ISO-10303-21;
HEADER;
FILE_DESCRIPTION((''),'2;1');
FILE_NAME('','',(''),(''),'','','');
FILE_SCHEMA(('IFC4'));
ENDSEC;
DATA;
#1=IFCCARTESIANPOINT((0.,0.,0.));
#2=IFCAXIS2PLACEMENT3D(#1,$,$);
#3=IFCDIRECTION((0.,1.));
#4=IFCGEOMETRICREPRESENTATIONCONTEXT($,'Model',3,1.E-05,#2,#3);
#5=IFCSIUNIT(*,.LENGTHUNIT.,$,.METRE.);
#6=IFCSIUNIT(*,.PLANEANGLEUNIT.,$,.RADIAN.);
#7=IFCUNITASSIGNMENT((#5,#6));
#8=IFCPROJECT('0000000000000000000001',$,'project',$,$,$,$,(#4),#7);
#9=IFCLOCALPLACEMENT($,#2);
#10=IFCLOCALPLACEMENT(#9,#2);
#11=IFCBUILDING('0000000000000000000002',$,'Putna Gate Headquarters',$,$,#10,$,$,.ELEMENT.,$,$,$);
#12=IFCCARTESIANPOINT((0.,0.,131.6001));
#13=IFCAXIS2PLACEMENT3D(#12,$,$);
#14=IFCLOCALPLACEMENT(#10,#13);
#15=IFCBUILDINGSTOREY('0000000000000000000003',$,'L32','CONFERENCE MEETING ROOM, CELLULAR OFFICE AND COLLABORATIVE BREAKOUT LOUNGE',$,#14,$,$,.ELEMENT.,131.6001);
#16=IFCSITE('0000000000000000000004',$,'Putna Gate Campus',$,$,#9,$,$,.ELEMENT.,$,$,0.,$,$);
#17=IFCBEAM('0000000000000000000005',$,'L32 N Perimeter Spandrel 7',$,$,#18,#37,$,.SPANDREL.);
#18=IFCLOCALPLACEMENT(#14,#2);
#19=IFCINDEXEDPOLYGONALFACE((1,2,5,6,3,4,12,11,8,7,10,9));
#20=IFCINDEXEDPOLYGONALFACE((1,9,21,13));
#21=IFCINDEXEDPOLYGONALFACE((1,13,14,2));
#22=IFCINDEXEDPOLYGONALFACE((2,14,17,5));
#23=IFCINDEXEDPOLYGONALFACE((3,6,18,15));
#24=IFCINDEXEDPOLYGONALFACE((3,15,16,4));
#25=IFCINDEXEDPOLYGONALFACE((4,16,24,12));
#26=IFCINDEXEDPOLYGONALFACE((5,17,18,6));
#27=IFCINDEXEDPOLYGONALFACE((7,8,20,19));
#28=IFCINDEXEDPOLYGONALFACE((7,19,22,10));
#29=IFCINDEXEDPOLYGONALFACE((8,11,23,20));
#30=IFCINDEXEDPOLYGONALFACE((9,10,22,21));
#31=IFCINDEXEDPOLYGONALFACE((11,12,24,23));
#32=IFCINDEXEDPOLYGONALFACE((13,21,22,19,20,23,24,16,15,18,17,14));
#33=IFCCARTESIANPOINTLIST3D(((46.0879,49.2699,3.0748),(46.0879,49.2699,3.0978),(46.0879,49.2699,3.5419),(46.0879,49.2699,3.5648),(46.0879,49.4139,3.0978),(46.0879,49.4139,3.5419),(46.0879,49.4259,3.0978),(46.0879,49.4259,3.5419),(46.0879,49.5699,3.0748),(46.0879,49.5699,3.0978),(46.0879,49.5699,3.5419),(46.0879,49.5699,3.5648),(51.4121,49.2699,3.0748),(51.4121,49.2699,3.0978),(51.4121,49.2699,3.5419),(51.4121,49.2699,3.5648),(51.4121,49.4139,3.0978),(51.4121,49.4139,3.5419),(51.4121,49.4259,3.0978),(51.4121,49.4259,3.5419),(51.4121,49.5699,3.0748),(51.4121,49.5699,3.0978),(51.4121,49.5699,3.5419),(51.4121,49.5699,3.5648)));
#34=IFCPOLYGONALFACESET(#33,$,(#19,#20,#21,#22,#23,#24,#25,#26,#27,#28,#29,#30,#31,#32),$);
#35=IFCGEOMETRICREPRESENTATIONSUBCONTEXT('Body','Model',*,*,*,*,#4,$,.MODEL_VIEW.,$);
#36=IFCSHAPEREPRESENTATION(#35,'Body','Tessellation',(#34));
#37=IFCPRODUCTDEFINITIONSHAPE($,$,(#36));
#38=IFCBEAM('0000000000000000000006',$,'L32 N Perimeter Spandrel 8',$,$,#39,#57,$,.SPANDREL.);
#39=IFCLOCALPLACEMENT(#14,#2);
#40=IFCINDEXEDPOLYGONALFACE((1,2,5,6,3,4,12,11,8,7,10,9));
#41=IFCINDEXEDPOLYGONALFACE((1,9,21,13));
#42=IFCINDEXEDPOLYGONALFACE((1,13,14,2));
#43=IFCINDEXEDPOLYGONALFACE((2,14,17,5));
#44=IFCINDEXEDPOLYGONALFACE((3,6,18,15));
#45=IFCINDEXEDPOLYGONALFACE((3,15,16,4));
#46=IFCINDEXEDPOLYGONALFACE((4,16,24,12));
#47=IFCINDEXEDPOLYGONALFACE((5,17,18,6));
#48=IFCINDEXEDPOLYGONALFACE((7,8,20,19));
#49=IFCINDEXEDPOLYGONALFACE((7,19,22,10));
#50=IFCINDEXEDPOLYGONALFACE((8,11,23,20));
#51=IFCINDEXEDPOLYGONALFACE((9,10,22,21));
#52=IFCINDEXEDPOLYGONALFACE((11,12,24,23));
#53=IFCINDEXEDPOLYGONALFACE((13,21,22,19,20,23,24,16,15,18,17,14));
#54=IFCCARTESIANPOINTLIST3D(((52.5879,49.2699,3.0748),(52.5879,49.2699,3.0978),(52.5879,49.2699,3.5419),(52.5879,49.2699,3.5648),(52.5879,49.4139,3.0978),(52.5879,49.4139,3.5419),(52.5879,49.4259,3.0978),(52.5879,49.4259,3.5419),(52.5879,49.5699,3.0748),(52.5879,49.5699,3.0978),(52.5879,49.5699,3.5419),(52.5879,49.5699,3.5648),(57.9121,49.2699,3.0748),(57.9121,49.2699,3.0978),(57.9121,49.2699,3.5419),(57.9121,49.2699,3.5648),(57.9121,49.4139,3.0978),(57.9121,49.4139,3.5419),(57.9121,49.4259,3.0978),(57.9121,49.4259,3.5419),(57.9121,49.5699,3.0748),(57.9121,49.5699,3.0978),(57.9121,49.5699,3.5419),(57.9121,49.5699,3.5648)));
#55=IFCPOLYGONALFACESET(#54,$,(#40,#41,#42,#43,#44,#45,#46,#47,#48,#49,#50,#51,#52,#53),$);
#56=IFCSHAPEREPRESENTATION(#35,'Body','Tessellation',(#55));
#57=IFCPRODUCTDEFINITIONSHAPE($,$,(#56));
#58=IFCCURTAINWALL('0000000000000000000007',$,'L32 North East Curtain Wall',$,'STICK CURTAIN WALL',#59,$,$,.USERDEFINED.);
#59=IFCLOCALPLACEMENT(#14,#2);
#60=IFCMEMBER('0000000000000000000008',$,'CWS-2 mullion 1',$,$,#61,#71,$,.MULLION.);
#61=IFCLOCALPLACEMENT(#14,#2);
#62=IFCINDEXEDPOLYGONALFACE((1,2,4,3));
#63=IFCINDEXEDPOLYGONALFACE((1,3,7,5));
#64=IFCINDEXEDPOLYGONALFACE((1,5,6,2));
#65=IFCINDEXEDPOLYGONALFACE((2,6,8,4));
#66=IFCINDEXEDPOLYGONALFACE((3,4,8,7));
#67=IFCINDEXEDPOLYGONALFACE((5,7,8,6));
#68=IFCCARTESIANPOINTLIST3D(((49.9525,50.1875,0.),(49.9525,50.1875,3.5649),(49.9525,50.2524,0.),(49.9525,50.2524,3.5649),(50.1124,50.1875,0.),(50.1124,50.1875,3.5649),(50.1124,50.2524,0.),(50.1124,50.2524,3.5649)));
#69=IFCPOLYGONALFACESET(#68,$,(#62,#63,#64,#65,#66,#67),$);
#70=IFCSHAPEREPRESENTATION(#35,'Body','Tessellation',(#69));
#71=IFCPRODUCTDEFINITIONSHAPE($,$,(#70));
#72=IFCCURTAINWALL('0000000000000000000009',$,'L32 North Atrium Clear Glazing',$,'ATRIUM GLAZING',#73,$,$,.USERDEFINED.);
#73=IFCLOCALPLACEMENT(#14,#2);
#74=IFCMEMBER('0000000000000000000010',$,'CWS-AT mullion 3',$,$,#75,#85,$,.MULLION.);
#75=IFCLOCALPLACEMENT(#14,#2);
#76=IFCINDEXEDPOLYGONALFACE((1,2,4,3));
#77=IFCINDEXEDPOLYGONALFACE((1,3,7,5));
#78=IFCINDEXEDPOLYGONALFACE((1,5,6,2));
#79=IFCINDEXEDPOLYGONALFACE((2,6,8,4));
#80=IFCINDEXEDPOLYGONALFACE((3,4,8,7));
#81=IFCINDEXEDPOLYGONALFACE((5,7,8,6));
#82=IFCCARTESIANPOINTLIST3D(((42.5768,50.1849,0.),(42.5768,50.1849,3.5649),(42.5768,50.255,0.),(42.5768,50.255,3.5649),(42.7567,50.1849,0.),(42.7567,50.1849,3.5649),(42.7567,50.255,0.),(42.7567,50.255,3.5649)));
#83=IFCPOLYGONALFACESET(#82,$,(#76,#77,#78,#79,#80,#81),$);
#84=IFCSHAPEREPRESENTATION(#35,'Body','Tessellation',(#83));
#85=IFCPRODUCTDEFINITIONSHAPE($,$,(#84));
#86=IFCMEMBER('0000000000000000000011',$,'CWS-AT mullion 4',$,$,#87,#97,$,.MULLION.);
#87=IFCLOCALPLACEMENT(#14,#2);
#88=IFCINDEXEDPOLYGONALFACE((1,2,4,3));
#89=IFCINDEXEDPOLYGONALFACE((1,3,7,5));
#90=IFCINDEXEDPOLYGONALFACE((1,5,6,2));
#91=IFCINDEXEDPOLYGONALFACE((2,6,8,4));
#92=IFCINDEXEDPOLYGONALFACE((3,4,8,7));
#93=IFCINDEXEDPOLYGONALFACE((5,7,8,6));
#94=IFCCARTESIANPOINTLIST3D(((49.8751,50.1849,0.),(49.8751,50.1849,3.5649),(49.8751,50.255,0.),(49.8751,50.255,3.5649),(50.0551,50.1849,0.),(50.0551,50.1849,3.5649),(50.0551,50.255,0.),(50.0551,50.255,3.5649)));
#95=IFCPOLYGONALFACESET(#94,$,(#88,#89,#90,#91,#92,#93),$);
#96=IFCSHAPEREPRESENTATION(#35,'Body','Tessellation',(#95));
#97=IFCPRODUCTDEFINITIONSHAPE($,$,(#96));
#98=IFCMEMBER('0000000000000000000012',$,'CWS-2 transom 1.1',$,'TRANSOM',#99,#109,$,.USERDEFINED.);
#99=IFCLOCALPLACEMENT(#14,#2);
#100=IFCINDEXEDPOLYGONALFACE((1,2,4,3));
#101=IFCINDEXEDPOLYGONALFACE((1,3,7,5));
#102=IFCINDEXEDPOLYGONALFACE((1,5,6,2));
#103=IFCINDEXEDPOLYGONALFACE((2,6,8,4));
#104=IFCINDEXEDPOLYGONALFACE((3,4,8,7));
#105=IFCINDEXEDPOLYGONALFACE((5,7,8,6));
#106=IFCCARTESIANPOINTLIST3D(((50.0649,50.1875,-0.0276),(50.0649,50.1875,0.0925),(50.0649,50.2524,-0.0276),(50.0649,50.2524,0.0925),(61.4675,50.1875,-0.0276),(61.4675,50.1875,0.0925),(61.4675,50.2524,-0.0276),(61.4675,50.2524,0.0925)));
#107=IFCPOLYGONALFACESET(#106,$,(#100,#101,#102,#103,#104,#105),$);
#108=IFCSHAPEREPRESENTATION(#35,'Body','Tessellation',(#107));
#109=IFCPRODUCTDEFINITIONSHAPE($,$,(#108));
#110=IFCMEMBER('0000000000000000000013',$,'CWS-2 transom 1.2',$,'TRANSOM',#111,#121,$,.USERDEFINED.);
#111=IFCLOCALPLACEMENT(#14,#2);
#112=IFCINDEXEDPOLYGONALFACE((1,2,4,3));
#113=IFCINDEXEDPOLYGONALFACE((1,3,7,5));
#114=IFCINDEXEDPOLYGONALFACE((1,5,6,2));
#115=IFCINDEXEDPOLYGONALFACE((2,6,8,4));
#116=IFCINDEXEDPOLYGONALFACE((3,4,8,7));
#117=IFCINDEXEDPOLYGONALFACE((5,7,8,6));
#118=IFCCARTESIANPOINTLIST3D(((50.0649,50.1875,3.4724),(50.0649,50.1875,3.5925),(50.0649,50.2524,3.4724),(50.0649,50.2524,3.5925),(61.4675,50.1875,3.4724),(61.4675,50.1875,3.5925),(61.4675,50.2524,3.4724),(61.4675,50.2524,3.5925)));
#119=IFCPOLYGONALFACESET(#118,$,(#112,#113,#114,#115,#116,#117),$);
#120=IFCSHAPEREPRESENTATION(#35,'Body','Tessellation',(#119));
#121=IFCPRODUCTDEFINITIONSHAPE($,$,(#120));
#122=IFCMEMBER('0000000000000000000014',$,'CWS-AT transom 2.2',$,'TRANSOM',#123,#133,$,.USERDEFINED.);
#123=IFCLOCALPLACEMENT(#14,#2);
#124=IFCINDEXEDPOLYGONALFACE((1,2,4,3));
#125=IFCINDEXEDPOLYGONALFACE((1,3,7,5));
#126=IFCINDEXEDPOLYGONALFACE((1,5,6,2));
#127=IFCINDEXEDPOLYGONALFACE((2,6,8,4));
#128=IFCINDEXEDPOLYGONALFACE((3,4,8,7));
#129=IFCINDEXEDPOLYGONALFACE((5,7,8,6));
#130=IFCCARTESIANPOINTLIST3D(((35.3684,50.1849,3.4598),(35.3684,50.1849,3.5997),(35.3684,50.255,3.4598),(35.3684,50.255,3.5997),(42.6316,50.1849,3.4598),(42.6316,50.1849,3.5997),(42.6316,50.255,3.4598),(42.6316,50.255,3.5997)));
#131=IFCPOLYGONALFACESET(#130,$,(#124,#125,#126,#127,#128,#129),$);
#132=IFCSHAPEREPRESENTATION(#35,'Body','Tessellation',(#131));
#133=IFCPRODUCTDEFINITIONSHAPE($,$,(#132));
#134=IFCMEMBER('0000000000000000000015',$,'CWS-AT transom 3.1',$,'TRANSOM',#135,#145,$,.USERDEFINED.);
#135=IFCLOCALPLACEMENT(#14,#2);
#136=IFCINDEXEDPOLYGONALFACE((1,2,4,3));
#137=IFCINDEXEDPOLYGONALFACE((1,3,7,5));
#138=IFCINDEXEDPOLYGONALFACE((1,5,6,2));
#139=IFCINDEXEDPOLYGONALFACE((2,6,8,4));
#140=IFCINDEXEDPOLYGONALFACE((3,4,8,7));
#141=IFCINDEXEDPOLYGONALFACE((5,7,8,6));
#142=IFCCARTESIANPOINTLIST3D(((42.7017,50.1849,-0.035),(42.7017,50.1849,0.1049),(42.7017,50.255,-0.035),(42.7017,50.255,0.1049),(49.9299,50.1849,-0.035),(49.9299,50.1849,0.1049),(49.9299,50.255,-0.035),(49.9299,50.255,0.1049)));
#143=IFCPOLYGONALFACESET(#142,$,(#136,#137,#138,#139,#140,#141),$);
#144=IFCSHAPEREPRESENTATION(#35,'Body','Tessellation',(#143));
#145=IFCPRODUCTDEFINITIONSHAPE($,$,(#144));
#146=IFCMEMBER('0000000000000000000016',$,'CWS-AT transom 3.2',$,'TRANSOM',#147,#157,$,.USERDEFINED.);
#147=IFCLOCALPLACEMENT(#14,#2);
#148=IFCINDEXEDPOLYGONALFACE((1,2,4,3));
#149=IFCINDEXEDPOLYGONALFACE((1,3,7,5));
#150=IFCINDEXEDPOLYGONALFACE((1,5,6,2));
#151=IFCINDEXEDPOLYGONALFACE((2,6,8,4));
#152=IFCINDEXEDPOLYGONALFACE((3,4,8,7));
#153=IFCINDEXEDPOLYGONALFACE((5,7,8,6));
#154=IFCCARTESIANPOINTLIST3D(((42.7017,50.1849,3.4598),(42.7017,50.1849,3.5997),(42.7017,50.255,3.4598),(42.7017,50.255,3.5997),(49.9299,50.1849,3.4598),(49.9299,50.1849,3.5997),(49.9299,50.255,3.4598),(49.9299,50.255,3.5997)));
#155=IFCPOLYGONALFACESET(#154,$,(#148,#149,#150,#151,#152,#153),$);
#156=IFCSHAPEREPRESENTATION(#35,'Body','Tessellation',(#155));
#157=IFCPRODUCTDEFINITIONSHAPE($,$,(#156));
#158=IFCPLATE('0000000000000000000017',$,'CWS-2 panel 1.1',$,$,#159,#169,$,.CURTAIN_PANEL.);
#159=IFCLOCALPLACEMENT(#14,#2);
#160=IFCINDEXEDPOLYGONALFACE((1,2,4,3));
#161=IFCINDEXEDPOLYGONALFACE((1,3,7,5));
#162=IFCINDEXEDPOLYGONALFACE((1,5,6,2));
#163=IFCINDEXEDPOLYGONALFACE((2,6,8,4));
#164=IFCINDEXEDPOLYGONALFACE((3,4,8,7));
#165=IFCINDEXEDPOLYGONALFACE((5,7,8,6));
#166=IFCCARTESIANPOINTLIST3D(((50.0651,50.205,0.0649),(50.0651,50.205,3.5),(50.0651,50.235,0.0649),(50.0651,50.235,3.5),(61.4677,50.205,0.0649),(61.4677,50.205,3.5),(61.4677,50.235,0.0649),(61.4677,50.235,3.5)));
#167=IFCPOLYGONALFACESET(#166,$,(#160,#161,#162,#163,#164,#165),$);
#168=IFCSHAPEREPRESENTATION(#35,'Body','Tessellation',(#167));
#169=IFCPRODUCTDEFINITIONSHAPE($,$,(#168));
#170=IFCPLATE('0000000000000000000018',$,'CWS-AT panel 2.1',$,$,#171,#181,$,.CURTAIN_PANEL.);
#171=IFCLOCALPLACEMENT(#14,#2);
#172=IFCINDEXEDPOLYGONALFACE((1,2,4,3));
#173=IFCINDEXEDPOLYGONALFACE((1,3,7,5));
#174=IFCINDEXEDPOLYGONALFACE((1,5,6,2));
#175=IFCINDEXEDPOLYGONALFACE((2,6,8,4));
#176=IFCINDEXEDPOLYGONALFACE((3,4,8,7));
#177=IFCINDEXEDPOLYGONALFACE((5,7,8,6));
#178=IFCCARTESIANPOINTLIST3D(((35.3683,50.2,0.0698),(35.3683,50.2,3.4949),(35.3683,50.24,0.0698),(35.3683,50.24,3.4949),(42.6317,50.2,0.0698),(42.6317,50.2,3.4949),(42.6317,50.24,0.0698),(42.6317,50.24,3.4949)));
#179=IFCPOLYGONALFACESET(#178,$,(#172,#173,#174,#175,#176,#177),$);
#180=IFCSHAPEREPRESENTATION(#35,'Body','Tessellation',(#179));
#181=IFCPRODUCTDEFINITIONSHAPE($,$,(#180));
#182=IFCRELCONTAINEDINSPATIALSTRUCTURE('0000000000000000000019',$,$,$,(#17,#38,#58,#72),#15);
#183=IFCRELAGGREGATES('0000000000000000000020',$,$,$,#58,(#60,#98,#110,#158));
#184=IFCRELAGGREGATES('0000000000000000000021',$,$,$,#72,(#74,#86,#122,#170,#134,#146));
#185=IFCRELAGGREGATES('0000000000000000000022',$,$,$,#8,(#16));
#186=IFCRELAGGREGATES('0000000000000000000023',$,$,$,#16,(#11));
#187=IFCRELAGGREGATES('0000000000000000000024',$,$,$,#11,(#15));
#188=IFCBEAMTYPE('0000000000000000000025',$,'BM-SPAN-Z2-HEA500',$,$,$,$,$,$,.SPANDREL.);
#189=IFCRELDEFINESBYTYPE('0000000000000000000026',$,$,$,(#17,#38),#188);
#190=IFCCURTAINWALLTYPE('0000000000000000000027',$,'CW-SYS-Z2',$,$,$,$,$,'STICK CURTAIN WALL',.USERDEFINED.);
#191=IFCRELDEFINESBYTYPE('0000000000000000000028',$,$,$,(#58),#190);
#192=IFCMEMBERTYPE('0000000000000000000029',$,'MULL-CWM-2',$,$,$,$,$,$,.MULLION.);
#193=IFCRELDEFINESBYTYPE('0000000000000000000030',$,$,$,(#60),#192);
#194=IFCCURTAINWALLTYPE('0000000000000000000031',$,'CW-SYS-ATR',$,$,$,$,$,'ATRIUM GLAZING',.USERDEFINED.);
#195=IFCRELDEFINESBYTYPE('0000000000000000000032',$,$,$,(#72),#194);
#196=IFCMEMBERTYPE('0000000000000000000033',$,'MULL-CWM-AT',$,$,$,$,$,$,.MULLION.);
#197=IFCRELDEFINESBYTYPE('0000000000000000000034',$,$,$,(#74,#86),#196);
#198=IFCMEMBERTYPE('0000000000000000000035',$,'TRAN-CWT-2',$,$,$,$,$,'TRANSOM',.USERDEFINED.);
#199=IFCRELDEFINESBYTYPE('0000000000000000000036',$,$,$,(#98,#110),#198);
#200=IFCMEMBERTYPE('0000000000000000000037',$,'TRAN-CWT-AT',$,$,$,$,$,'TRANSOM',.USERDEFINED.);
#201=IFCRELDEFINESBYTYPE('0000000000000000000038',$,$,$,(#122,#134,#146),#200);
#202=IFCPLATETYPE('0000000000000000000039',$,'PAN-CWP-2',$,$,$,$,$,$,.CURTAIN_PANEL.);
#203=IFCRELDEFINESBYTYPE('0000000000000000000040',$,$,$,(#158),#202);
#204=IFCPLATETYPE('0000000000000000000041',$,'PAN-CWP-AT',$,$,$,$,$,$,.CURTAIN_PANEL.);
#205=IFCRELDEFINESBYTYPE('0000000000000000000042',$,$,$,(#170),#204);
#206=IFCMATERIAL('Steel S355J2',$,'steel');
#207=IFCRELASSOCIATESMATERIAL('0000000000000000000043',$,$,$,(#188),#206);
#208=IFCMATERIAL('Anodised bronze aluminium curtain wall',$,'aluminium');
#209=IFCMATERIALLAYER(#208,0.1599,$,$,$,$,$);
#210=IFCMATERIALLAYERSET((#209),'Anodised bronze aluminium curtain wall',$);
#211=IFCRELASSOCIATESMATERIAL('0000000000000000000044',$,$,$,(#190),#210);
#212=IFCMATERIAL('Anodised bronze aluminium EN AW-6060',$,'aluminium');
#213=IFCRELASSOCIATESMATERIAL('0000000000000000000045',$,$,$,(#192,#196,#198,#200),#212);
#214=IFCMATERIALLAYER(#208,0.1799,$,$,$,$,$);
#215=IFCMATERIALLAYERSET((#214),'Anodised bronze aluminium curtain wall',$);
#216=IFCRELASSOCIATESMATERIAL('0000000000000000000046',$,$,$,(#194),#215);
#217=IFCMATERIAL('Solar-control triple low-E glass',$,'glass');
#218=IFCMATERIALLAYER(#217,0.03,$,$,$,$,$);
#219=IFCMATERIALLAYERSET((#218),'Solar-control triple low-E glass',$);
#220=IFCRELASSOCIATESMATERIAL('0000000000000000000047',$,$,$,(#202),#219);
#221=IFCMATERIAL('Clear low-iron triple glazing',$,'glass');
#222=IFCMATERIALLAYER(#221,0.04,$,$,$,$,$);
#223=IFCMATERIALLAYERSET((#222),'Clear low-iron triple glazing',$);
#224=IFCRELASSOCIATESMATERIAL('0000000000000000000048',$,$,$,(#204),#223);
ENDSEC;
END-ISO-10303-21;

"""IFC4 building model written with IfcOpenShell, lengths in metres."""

from ifc_helpers import new_model, si_unit, direction, frame, origin, origin_2d, place, context, subcontext, project, spatial, rectangle, i_section, extrude, material, layer, layer_set, material_profile, profile_set, type_object, element, aggregate, save


model = new_model("IFC4")

# Units and contexts
model_context = context("Model", 3, precision=1e-05, world=origin(), true_north=direction((0.0, 1.0)))
body_context = subcontext(model_context, "Body", "Model", "MODEL_VIEW")
ifc_project = project(units=[si_unit("LENGTHUNIT", "METRE"), si_unit("PLANEANGLEUNIT", "RADIAN")], contexts=[model_context])

# Site, building, storey
site_placement = place(None, origin())
site = spatial("IfcSite", under=ifc_project, at=site_placement, Name="Putna Gate Campus", CompositionType="ELEMENT", RefElevation=0.0)
building_placement = place(site_placement, origin())
building = spatial("IfcBuilding", under=site, at=building_placement, Name="Putna Gate Headquarters", CompositionType="ELEMENT")
storey_placement = place(building_placement, frame((0.0, 0.0, 131.6001)))
storey = spatial("IfcBuildingStorey", under=building, at=storey_placement, Name="L32", Description="CONFERENCE MEETING ROOM, CELLULAR OFFICE AND COLLABORATIVE BREAKOUT LOUNGE", CompositionType="ELEMENT", Elevation=131.6001)

# Beams
ifc_material_1 = material(Name="Steel S355J2", Category="steel")
ifc_material_profile_1 = material_profile(ifc_material_1, i_section(OverallWidth=0.3, OverallDepth=0.49, WebThickness=0.012, FlangeThickness=0.0229, at=origin_2d()), Name="Steel S355J2")
ifc_profile_set_1 = profile_set([ifc_material_profile_1], Name="Steel S355J2")
beam_type_1 = type_object("IfcBeamType", Name="BM-SPAN-Z2-HEA500", PredefinedType="SPANDREL", material=ifc_profile_set_1)
for number, where, z_axis, x_axis, name in (
    (1, (46.0879, 49.4199, 3.3198), (1.0, 0.0, 0.0), (0.0, 1.0, 0.0), "L32 N Perimeter Spandrel 7"),
    (2, (52.5879, 49.4199, 3.3198), (1.0, 0.0, 0.0), (0.0, 1.0, 0.0), "L32 N Perimeter Spandrel 8"),
):
    element("IfcBeam", number, at=place(storey_placement, frame(where, z_axis=z_axis, x_axis=x_axis)), inside=storey, type_object=beam_type_1, Name=name, PredefinedType="SPANDREL", context=body_context, shape_type="SweptSolid", body=[
        extrude(i_section(OverallWidth=0.3, OverallDepth=0.49, WebThickness=0.012, FlangeThickness=0.0229, at=origin_2d()), origin(), (0.0, 0.0, 1.0), 5.3242),
    ])

# Curtain wall, member
ifc_material_2 = material(Name="Anodised bronze aluminium curtain wall", Category="aluminium")
ifc_layer_1 = layer(ifc_material_2, 0.1599)
ifc_layer_set_1 = layer_set([ifc_layer_1], Name="Anodised bronze aluminium curtain wall")
curtain_wall_type_1 = type_object("IfcCurtainWallType", Name="CW-SYS-Z2", ElementType="STICK CURTAIN WALL", PredefinedType="USERDEFINED", material=ifc_layer_set_1)
curtain_wall_1_placement = place(storey_placement, origin())
curtain_wall_1 = element("IfcCurtainWall", 3, at=curtain_wall_1_placement, inside=storey, type_object=curtain_wall_type_1, Name="L32 North East Curtain Wall", ObjectType="STICK CURTAIN WALL", PredefinedType="USERDEFINED")
ifc_material_3 = material(Name="Anodised bronze aluminium EN AW-6060", Category="aluminium")
ifc_material_profile_2 = material_profile(ifc_material_3, rectangle(XDim=0.0649, YDim=0.1599, at=origin_2d()), Name="Anodised bronze aluminium EN AW-6060")
ifc_profile_set_2 = profile_set([ifc_material_profile_2], Name="Anodised bronze aluminium EN AW-6060")
member_type_1 = type_object("IfcMemberType", Name="MULL-CWM-2", PredefinedType="MULLION", material=ifc_profile_set_2)
member_1_placement = place(storey_placement, frame((50.0325, 50.22, 0.0), z_axis=(0.0, 0.0, 1.0), x_axis=(0.0, 1.0, 0.0)))
member_1 = element("IfcMember", 4, at=member_1_placement, type_object=member_type_1, Name="CWS-2 mullion 1", PredefinedType="MULLION", context=body_context, shape_type="SweptSolid", body=[
    extrude(rectangle(XDim=0.0649, YDim=0.1599, at=origin_2d()), origin(), (0.0, 0.0, 1.0), 3.5649),
])

# Curtain wall, members
ifc_layer_2 = layer(ifc_material_2, 0.1799)
ifc_layer_set_2 = layer_set([ifc_layer_2], Name="Anodised bronze aluminium curtain wall")
curtain_wall_type_2 = type_object("IfcCurtainWallType", Name="CW-SYS-ATR", ElementType="ATRIUM GLAZING", PredefinedType="USERDEFINED", material=ifc_layer_set_2)
curtain_wall_2_placement = place(storey_placement, origin())
curtain_wall_2 = element("IfcCurtainWall", 5, at=curtain_wall_2_placement, inside=storey, type_object=curtain_wall_type_2, Name="L32 North Atrium Clear Glazing", ObjectType="ATRIUM GLAZING", PredefinedType="USERDEFINED")
ifc_material_profile_3 = material_profile(ifc_material_3, rectangle(XDim=0.0701, YDim=0.1799, at=origin_2d()), Name="Anodised bronze aluminium EN AW-6060")
ifc_profile_set_3 = profile_set([ifc_material_profile_3], Name="Anodised bronze aluminium EN AW-6060")
member_type_2 = type_object("IfcMemberType", Name="MULL-CWM-AT", PredefinedType="MULLION", material=ifc_profile_set_3)
member_2_placement = place(storey_placement, frame((42.6667, 50.22, 0.0), z_axis=(0.0, 0.0, 1.0), x_axis=(0.0, 1.0, 0.0)))
member_2 = element("IfcMember", 6, at=member_2_placement, type_object=member_type_2, Name="CWS-AT mullion 3", PredefinedType="MULLION", context=body_context, shape_type="SweptSolid", body=[
    extrude(rectangle(XDim=0.0701, YDim=0.1799, at=origin_2d()), origin(), (0.0, 0.0, 1.0), 3.5649),
])
member_3_placement = place(storey_placement, frame((49.9651, 50.22, 0.0), z_axis=(0.0, 0.0, 1.0), x_axis=(0.0, 1.0, 0.0)))
member_3 = element("IfcMember", 7, at=member_3_placement, type_object=member_type_2, Name="CWS-AT mullion 4", PredefinedType="MULLION", context=body_context, shape_type="SweptSolid", body=[
    extrude(rectangle(XDim=0.0701, YDim=0.1799, at=origin_2d()), origin(), (0.0, 0.0, 1.0), 3.5649),
])

# Members
ifc_material_profile_4 = material_profile(ifc_material_3, rectangle(XDim=0.0649, YDim=0.1201, at=origin_2d()), Name="Anodised bronze aluminium EN AW-6060")
ifc_profile_set_4 = profile_set([ifc_material_profile_4], Name="Anodised bronze aluminium EN AW-6060")
member_type_3 = type_object("IfcMemberType", Name="TRAN-CWT-2", ElementType="TRANSOM", PredefinedType="USERDEFINED", material=ifc_profile_set_4)
member_4_placement = place(storey_placement, frame((50.0649, 50.22, 0.0325), z_axis=(1.0, 0.0, 0.0), x_axis=(0.0, 1.0, 0.0)))
member_4 = element("IfcMember", 8, at=member_4_placement, type_object=member_type_3, Name="CWS-2 transom 1.1", ObjectType="TRANSOM", PredefinedType="USERDEFINED", context=body_context, shape_type="SweptSolid", body=[
    extrude(rectangle(XDim=0.0649, YDim=0.1201, at=origin_2d()), origin(), (0.0, 0.0, 1.0), 11.4026),
])
member_5_placement = place(storey_placement, frame((50.0649, 50.22, 3.5325), z_axis=(1.0, 0.0, 0.0), x_axis=(0.0, 1.0, 0.0)))
member_5 = element("IfcMember", 9, at=member_5_placement, type_object=member_type_3, Name="CWS-2 transom 1.2", ObjectType="TRANSOM", PredefinedType="USERDEFINED", context=body_context, shape_type="SweptSolid", body=[
    extrude(rectangle(XDim=0.0649, YDim=0.1201, at=origin_2d()), origin(), (0.0, 0.0, 1.0), 11.4026),
])
ifc_material_profile_5 = material_profile(ifc_material_3, rectangle(XDim=0.0701, YDim=0.1399, at=origin_2d()), Name="Anodised bronze aluminium EN AW-6060")
ifc_profile_set_5 = profile_set([ifc_material_profile_5], Name="Anodised bronze aluminium EN AW-6060")
member_type_4 = type_object("IfcMemberType", Name="TRAN-CWT-AT", ElementType="TRANSOM", PredefinedType="USERDEFINED", material=ifc_profile_set_5)
member_6_placement = place(storey_placement, frame((35.3684, 50.22, 3.5298), z_axis=(1.0, 0.0, 0.0), x_axis=(0.0, 1.0, 0.0)))
member_6 = element("IfcMember", 10, at=member_6_placement, type_object=member_type_4, Name="CWS-AT transom 2.2", ObjectType="TRANSOM", PredefinedType="USERDEFINED", context=body_context, shape_type="SweptSolid", body=[
    extrude(rectangle(XDim=0.0701, YDim=0.1399, at=origin_2d()), origin(), (0.0, 0.0, 1.0), 7.2632),
])
member_7_placement = place(storey_placement, frame((42.7017, 50.22, 0.0349), z_axis=(1.0, 0.0, 0.0), x_axis=(0.0, 1.0, 0.0)))
member_7 = element("IfcMember", 11, at=member_7_placement, type_object=member_type_4, Name="CWS-AT transom 3.1", ObjectType="TRANSOM", PredefinedType="USERDEFINED", context=body_context, shape_type="SweptSolid", body=[
    extrude(rectangle(XDim=0.0701, YDim=0.1399, at=origin_2d()), origin(), (0.0, 0.0, 1.0), 7.2283),
])
member_8_placement = place(storey_placement, frame((42.7017, 50.22, 3.5298), z_axis=(1.0, 0.0, 0.0), x_axis=(0.0, 1.0, 0.0)))
member_8 = element("IfcMember", 12, at=member_8_placement, type_object=member_type_4, Name="CWS-AT transom 3.2", ObjectType="TRANSOM", PredefinedType="USERDEFINED", context=body_context, shape_type="SweptSolid", body=[
    extrude(rectangle(XDim=0.0701, YDim=0.1399, at=origin_2d()), origin(), (0.0, 0.0, 1.0), 7.2283),
])

# Plates
ifc_material_4 = material(Name="Solar-control triple low-E glass", Category="glass")
ifc_layer_3 = layer(ifc_material_4, 0.03)
ifc_layer_set_3 = layer_set([ifc_layer_3], Name="Solar-control triple low-E glass")
plate_type_1 = type_object("IfcPlateType", Name="PAN-CWP-2", PredefinedType="CURTAIN_PANEL", material=ifc_layer_set_3)
plate_1_placement = place(storey_placement, frame((55.7664, 50.22, 0.0649), z_axis=(0.0, 0.0, 1.0), x_axis=(1.0, 0.0, 0.0)))
plate_1 = element("IfcPlate", 13, at=plate_1_placement, type_object=plate_type_1, Name="CWS-2 panel 1.1", PredefinedType="CURTAIN_PANEL", context=body_context, shape_type="SweptSolid", body=[
    extrude(rectangle(XDim=11.4026, YDim=0.03, at=origin_2d()), origin(), (0.0, 0.0, 1.0), 3.4351),
])
aggregate(curtain_wall_1, [member_1, member_4, member_5, plate_1])
ifc_material_5 = material(Name="Clear low-iron triple glazing", Category="glass")
ifc_layer_4 = layer(ifc_material_5, 0.04)
ifc_layer_set_4 = layer_set([ifc_layer_4], Name="Clear low-iron triple glazing")
plate_type_2 = type_object("IfcPlateType", Name="PAN-CWP-AT", PredefinedType="CURTAIN_PANEL", material=ifc_layer_set_4)
plate_2_placement = place(storey_placement, frame((39.0, 50.22, 0.0698), z_axis=(0.0, 0.0, 1.0), x_axis=(1.0, 0.0, 0.0)))
plate_2 = element("IfcPlate", 14, at=plate_2_placement, type_object=plate_type_2, Name="CWS-AT panel 2.1", PredefinedType="CURTAIN_PANEL", context=body_context, shape_type="SweptSolid", body=[
    extrude(rectangle(XDim=7.2634, YDim=0.04, at=origin_2d()), origin(), (0.0, 0.0, 1.0), 3.425),
])
aggregate(curtain_wall_2, [member_2, member_3, member_6, plate_2, member_7, member_8])

save(model, "model.ifc")
